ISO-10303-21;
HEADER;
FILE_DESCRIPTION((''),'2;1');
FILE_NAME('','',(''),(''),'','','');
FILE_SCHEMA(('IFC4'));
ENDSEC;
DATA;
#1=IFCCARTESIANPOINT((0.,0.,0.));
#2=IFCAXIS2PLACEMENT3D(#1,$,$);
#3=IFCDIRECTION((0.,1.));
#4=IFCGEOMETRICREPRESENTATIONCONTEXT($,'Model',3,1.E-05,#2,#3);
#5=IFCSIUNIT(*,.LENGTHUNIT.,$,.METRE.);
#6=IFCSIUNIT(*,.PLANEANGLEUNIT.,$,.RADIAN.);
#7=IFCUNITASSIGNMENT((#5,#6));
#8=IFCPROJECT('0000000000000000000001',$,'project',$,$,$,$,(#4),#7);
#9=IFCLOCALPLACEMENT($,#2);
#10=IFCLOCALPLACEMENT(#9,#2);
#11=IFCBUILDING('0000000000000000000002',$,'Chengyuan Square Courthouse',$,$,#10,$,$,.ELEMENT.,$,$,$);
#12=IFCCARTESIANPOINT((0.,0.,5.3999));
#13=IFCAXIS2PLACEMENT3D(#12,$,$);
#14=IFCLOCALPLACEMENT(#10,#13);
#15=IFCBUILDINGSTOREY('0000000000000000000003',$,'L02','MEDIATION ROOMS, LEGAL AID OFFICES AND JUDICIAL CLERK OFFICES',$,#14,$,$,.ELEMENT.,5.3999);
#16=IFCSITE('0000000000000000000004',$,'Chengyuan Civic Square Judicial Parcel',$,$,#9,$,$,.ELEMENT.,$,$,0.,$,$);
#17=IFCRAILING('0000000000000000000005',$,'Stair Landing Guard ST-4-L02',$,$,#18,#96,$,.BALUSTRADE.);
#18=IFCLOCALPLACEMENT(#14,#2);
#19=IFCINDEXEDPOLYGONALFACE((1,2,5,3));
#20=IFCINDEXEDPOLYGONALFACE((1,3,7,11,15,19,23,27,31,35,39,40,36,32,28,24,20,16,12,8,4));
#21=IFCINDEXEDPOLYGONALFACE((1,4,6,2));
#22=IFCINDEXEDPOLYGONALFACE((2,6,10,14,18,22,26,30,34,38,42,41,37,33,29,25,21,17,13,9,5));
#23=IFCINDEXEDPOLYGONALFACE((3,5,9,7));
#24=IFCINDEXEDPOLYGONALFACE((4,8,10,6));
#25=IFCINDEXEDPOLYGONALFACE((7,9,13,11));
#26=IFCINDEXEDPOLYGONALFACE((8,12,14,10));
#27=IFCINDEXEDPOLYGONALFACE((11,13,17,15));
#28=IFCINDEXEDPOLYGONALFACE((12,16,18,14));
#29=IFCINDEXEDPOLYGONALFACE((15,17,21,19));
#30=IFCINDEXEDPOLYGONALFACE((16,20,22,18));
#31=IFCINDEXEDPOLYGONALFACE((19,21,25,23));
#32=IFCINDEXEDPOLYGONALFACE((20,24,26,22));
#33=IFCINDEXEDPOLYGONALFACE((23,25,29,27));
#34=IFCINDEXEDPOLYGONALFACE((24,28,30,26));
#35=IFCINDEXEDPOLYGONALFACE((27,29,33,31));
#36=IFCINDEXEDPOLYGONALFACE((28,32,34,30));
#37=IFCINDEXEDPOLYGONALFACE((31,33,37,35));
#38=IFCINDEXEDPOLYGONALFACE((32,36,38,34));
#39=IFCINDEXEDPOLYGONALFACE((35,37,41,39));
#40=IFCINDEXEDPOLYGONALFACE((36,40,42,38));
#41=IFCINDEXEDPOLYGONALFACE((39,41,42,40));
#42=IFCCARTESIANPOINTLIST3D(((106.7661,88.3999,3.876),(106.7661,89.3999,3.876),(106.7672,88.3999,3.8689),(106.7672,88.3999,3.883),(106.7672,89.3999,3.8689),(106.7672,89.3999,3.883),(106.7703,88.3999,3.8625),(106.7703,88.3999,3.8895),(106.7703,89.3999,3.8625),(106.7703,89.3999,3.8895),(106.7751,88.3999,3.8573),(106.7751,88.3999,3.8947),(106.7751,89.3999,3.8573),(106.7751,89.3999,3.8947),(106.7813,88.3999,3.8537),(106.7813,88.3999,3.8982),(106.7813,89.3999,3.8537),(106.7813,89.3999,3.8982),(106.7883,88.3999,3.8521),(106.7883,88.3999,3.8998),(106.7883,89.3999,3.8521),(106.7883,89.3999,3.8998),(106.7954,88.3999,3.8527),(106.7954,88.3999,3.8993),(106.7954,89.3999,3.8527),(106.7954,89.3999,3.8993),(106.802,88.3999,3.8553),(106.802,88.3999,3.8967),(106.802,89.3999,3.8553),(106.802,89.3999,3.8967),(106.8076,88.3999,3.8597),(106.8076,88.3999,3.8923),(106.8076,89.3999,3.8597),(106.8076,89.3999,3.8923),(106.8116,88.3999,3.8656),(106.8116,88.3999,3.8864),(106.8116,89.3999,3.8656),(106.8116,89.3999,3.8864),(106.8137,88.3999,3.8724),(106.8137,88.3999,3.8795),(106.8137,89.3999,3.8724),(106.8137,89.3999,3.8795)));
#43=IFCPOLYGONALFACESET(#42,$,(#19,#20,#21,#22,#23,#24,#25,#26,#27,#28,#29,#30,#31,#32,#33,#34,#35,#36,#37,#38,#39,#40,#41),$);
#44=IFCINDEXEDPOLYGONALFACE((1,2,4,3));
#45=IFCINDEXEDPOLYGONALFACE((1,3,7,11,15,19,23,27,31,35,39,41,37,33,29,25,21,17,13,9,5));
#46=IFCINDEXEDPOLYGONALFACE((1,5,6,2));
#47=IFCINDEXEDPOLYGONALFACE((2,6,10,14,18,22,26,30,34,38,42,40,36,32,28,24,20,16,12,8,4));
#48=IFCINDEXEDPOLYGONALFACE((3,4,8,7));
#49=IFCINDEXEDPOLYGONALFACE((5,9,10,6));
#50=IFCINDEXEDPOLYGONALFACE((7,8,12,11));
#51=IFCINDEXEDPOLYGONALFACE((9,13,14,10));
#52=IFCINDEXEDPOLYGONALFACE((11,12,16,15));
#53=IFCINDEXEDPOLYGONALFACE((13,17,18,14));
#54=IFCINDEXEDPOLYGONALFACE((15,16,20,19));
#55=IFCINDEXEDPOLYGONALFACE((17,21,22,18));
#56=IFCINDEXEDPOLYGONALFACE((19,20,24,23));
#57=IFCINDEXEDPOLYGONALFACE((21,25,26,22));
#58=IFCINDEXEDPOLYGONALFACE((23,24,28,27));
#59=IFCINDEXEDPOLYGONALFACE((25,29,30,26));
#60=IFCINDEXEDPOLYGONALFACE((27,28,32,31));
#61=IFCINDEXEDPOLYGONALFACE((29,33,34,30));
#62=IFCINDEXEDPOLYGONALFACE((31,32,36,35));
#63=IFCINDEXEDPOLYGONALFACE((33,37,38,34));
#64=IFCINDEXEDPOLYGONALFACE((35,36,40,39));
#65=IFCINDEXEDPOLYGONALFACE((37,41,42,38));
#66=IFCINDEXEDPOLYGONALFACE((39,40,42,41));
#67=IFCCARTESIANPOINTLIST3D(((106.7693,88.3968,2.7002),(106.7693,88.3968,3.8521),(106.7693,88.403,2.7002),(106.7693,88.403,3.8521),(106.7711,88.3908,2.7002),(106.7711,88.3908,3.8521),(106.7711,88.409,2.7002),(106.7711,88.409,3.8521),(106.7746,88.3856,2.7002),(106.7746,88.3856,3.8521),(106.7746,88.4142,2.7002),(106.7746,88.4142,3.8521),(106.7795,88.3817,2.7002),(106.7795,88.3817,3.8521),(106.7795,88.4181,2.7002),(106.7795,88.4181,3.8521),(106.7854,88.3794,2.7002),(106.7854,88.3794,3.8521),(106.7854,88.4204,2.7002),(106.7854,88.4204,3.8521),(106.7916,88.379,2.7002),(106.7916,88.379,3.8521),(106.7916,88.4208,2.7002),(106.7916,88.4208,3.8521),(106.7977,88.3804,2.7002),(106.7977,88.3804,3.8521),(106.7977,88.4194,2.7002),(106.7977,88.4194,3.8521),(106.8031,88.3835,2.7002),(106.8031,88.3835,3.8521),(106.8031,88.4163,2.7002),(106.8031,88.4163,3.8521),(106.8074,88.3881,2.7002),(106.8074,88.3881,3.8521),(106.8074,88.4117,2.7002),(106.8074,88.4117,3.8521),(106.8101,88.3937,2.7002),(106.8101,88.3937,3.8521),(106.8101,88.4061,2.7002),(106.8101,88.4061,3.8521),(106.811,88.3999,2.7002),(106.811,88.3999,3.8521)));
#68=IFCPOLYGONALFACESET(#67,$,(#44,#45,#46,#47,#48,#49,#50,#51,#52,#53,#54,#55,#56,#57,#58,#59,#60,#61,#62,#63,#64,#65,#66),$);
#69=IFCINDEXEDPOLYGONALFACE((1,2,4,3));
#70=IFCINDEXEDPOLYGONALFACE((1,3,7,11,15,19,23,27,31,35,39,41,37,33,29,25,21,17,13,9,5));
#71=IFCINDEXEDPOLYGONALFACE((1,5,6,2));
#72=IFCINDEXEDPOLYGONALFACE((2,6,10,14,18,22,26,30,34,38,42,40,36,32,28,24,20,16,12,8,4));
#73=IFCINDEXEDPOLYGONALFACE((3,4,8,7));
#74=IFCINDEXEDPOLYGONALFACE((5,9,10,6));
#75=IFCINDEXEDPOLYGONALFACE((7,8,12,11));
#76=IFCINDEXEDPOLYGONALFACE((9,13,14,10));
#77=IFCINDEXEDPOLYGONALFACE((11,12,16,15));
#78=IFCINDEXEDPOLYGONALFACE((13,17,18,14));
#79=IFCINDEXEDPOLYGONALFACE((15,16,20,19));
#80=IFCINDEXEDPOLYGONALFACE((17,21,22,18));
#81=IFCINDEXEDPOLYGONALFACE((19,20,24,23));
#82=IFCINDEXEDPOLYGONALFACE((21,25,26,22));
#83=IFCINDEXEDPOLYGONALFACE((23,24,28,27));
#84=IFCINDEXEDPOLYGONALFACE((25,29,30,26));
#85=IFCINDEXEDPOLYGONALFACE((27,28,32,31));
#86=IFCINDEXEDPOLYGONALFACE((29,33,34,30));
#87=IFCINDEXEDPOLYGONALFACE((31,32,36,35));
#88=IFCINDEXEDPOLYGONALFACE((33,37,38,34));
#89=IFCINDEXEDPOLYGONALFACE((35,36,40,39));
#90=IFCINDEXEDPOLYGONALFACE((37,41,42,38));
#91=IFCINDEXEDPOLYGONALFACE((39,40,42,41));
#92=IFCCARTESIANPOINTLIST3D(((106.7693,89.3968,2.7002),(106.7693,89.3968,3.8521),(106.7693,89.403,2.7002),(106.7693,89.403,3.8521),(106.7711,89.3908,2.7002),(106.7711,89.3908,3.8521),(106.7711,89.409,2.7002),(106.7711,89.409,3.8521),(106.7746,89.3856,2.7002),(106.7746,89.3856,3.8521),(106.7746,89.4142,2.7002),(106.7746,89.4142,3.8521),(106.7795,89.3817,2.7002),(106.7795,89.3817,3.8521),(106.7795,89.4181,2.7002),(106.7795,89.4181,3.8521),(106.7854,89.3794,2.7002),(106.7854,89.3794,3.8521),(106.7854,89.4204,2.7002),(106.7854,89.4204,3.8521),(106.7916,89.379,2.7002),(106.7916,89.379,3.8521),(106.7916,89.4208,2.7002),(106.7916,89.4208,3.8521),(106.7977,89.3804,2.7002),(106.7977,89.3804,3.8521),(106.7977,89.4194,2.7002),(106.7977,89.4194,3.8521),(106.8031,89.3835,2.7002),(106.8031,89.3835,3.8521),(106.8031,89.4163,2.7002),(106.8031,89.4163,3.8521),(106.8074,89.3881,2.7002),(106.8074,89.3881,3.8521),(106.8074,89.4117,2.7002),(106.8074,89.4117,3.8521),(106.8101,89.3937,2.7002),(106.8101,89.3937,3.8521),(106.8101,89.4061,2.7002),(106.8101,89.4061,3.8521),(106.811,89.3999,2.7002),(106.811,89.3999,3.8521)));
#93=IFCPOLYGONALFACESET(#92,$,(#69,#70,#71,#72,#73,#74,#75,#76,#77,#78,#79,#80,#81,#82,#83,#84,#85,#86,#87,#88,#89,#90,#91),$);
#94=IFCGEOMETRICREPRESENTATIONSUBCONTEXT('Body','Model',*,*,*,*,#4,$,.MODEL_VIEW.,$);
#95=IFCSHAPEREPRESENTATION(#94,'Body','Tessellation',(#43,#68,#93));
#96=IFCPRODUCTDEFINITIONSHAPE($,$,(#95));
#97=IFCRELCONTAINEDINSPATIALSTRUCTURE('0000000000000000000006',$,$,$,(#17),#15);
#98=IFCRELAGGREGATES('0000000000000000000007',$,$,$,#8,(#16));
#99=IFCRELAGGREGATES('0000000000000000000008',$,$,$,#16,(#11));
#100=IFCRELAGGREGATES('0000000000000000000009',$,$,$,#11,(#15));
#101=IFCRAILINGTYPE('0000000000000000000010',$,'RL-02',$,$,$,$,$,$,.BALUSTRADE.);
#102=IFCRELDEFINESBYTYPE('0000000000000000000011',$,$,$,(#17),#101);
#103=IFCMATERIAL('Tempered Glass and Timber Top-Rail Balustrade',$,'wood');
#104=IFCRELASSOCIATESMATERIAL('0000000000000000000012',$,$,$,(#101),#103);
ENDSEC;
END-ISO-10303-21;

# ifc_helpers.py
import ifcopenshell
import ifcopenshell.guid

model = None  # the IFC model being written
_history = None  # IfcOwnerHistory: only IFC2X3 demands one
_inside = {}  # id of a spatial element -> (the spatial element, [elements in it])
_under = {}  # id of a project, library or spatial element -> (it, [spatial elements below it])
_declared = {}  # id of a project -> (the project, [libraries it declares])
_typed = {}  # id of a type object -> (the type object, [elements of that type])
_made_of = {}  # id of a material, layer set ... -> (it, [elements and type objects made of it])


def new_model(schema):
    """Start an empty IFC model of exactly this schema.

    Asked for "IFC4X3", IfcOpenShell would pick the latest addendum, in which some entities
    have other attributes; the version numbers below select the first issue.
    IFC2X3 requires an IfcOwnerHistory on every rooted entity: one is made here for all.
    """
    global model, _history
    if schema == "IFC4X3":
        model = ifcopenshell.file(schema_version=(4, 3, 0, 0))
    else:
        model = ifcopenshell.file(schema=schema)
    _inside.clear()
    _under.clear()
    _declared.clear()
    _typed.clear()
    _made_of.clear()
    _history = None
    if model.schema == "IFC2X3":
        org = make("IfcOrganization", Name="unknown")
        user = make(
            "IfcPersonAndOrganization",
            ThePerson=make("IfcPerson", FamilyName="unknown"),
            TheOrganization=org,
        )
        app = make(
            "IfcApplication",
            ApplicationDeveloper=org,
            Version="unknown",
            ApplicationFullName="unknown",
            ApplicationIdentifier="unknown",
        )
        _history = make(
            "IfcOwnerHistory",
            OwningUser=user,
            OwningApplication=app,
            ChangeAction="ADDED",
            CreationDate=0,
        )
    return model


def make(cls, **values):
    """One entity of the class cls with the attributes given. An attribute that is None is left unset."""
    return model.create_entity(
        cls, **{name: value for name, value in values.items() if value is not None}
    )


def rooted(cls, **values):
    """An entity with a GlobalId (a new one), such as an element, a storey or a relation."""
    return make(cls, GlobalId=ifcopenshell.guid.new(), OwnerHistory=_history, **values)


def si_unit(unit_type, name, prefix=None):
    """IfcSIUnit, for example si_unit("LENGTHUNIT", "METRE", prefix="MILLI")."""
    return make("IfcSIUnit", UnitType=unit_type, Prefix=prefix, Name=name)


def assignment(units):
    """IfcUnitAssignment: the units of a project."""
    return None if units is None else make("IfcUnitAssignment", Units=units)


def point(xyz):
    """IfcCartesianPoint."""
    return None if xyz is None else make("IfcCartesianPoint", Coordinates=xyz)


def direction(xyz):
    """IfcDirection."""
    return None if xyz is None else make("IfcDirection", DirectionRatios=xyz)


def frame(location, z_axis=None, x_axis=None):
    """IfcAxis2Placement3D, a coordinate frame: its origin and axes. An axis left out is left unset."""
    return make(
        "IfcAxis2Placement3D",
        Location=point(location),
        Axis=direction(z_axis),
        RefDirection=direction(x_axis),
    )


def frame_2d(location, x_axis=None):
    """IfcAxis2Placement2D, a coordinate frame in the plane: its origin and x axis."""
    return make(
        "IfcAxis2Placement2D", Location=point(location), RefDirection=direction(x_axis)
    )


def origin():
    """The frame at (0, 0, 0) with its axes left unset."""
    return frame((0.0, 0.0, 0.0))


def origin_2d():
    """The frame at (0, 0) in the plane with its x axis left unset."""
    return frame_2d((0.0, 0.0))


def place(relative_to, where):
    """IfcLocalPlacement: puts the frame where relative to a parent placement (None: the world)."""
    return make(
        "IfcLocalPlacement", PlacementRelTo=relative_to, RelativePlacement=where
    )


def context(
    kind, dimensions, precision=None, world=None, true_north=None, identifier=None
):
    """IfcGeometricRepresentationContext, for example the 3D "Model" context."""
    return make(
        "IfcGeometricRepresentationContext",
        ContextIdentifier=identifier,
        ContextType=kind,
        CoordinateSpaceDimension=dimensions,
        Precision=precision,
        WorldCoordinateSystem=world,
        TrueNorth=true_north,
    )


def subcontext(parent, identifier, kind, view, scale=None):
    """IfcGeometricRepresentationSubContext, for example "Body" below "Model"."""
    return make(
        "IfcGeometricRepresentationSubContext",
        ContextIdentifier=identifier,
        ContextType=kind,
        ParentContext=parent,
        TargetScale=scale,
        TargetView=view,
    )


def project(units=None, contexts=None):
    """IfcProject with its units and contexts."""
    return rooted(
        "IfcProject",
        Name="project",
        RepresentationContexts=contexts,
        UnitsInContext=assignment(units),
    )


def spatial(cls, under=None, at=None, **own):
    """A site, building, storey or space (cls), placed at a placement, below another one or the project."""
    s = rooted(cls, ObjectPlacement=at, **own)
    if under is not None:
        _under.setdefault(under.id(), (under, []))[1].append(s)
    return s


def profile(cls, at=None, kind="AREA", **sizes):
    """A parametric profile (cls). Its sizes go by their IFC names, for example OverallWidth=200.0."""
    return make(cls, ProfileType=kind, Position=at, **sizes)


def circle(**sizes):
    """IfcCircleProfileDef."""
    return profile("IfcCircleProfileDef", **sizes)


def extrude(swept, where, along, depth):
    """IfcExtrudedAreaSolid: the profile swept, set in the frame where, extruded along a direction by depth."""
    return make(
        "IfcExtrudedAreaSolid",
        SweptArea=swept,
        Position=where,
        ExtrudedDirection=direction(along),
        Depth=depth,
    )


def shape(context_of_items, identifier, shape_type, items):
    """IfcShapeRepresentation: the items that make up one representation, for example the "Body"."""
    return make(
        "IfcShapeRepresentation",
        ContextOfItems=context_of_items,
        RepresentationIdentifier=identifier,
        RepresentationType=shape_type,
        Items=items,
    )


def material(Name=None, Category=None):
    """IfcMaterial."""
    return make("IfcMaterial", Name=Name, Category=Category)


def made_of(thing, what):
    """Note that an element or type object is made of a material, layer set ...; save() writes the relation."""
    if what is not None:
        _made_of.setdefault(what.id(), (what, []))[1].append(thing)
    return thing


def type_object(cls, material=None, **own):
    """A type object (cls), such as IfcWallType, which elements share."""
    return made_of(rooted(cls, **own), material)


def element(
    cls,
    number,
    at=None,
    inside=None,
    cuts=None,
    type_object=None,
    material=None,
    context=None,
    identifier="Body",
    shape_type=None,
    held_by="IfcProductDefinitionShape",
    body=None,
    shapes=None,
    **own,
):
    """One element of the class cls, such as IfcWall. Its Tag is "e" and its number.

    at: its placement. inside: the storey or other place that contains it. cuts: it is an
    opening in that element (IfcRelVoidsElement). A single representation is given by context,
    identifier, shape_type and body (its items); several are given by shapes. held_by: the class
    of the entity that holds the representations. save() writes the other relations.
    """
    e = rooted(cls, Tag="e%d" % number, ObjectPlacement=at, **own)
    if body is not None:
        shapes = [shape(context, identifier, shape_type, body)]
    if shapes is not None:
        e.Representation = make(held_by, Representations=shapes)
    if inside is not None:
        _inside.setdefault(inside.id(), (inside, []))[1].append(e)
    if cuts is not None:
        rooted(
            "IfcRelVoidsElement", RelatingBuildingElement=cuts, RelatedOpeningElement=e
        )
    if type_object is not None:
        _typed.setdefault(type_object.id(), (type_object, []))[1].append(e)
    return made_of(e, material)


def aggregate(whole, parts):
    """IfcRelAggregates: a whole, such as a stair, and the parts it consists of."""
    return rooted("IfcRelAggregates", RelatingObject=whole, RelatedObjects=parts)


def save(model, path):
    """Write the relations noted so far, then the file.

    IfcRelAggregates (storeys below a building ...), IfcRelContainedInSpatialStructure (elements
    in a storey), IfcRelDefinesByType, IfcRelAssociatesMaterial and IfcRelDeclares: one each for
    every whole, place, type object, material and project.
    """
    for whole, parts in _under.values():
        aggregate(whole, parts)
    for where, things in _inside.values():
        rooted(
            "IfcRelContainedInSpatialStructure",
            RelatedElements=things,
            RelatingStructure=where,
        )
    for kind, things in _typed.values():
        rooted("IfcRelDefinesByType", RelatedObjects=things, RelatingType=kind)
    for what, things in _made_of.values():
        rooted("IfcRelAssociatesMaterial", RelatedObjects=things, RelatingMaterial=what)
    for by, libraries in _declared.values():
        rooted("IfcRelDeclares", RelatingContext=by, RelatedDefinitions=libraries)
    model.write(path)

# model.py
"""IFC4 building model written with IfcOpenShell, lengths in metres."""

from ifc_helpers import new_model, si_unit, direction, frame, origin, origin_2d, place, context, subcontext, project, spatial, circle, extrude, material, type_object, element, save


model = new_model("IFC4")

# Units and contexts
model_context = context("Model", 3, precision=1e-05, world=origin(), true_north=direction((0.0, 1.0)))
body_context = subcontext(model_context, "Body", "Model", "MODEL_VIEW")
ifc_project = project(units=[si_unit("LENGTHUNIT", "METRE"), si_unit("PLANEANGLEUNIT", "RADIAN")], contexts=[model_context])

# Site, building, storey
site_placement = place(None, origin())
site = spatial("IfcSite", under=ifc_project, at=site_placement, Name="Chengyuan Civic Square Judicial Parcel", CompositionType="ELEMENT", RefElevation=0.0)
building_placement = place(site_placement, origin())
building = spatial("IfcBuilding", under=site, at=building_placement, Name="Chengyuan Square Courthouse", CompositionType="ELEMENT")
storey_placement = place(building_placement, frame((0.0, 0.0, 5.3999)))
storey = spatial("IfcBuildingStorey", under=building, at=storey_placement, Name="L02", Description="MEDIATION ROOMS, LEGAL AID OFFICES AND JUDICIAL CLERK OFFICES", CompositionType="ELEMENT", Elevation=5.3999)

# Railing
ifc_material_1 = material(Name="Tempered Glass and Timber Top-Rail Balustrade", Category="wood")
railing_type_1 = type_object("IfcRailingType", Name="RL-02", PredefinedType="BALUSTRADE", material=ifc_material_1)
railing_1_placement = place(storey_placement, frame((106.79, 88.3999, 2.7002)))
element("IfcRailing", 1, at=railing_1_placement, inside=storey, type_object=railing_type_1, Name="Stair Landing Guard ST-4-L02", PredefinedType="BALUSTRADE", context=body_context, shape_type="SweptSolid", body=[
    extrude(circle(Radius=0.0239, at=origin_2d()), frame((0.0, 0.0, 1.1758), z_axis=(0.0, 1.0, 0.0), x_axis=(-1.0, 0.0, 0.0)), (0.0, 0.0, 1.0), 1.0),
    extrude(circle(Radius=0.021, at=origin_2d()), origin(), (0.0, 0.0, 1.0), 1.1519),
    extrude(circle(Radius=0.021, at=origin_2d()), frame((0.0, 1.0, 0.0)), (0.0, 0.0, 1.0), 1.1519),
])

save(model, "model.ifc")
